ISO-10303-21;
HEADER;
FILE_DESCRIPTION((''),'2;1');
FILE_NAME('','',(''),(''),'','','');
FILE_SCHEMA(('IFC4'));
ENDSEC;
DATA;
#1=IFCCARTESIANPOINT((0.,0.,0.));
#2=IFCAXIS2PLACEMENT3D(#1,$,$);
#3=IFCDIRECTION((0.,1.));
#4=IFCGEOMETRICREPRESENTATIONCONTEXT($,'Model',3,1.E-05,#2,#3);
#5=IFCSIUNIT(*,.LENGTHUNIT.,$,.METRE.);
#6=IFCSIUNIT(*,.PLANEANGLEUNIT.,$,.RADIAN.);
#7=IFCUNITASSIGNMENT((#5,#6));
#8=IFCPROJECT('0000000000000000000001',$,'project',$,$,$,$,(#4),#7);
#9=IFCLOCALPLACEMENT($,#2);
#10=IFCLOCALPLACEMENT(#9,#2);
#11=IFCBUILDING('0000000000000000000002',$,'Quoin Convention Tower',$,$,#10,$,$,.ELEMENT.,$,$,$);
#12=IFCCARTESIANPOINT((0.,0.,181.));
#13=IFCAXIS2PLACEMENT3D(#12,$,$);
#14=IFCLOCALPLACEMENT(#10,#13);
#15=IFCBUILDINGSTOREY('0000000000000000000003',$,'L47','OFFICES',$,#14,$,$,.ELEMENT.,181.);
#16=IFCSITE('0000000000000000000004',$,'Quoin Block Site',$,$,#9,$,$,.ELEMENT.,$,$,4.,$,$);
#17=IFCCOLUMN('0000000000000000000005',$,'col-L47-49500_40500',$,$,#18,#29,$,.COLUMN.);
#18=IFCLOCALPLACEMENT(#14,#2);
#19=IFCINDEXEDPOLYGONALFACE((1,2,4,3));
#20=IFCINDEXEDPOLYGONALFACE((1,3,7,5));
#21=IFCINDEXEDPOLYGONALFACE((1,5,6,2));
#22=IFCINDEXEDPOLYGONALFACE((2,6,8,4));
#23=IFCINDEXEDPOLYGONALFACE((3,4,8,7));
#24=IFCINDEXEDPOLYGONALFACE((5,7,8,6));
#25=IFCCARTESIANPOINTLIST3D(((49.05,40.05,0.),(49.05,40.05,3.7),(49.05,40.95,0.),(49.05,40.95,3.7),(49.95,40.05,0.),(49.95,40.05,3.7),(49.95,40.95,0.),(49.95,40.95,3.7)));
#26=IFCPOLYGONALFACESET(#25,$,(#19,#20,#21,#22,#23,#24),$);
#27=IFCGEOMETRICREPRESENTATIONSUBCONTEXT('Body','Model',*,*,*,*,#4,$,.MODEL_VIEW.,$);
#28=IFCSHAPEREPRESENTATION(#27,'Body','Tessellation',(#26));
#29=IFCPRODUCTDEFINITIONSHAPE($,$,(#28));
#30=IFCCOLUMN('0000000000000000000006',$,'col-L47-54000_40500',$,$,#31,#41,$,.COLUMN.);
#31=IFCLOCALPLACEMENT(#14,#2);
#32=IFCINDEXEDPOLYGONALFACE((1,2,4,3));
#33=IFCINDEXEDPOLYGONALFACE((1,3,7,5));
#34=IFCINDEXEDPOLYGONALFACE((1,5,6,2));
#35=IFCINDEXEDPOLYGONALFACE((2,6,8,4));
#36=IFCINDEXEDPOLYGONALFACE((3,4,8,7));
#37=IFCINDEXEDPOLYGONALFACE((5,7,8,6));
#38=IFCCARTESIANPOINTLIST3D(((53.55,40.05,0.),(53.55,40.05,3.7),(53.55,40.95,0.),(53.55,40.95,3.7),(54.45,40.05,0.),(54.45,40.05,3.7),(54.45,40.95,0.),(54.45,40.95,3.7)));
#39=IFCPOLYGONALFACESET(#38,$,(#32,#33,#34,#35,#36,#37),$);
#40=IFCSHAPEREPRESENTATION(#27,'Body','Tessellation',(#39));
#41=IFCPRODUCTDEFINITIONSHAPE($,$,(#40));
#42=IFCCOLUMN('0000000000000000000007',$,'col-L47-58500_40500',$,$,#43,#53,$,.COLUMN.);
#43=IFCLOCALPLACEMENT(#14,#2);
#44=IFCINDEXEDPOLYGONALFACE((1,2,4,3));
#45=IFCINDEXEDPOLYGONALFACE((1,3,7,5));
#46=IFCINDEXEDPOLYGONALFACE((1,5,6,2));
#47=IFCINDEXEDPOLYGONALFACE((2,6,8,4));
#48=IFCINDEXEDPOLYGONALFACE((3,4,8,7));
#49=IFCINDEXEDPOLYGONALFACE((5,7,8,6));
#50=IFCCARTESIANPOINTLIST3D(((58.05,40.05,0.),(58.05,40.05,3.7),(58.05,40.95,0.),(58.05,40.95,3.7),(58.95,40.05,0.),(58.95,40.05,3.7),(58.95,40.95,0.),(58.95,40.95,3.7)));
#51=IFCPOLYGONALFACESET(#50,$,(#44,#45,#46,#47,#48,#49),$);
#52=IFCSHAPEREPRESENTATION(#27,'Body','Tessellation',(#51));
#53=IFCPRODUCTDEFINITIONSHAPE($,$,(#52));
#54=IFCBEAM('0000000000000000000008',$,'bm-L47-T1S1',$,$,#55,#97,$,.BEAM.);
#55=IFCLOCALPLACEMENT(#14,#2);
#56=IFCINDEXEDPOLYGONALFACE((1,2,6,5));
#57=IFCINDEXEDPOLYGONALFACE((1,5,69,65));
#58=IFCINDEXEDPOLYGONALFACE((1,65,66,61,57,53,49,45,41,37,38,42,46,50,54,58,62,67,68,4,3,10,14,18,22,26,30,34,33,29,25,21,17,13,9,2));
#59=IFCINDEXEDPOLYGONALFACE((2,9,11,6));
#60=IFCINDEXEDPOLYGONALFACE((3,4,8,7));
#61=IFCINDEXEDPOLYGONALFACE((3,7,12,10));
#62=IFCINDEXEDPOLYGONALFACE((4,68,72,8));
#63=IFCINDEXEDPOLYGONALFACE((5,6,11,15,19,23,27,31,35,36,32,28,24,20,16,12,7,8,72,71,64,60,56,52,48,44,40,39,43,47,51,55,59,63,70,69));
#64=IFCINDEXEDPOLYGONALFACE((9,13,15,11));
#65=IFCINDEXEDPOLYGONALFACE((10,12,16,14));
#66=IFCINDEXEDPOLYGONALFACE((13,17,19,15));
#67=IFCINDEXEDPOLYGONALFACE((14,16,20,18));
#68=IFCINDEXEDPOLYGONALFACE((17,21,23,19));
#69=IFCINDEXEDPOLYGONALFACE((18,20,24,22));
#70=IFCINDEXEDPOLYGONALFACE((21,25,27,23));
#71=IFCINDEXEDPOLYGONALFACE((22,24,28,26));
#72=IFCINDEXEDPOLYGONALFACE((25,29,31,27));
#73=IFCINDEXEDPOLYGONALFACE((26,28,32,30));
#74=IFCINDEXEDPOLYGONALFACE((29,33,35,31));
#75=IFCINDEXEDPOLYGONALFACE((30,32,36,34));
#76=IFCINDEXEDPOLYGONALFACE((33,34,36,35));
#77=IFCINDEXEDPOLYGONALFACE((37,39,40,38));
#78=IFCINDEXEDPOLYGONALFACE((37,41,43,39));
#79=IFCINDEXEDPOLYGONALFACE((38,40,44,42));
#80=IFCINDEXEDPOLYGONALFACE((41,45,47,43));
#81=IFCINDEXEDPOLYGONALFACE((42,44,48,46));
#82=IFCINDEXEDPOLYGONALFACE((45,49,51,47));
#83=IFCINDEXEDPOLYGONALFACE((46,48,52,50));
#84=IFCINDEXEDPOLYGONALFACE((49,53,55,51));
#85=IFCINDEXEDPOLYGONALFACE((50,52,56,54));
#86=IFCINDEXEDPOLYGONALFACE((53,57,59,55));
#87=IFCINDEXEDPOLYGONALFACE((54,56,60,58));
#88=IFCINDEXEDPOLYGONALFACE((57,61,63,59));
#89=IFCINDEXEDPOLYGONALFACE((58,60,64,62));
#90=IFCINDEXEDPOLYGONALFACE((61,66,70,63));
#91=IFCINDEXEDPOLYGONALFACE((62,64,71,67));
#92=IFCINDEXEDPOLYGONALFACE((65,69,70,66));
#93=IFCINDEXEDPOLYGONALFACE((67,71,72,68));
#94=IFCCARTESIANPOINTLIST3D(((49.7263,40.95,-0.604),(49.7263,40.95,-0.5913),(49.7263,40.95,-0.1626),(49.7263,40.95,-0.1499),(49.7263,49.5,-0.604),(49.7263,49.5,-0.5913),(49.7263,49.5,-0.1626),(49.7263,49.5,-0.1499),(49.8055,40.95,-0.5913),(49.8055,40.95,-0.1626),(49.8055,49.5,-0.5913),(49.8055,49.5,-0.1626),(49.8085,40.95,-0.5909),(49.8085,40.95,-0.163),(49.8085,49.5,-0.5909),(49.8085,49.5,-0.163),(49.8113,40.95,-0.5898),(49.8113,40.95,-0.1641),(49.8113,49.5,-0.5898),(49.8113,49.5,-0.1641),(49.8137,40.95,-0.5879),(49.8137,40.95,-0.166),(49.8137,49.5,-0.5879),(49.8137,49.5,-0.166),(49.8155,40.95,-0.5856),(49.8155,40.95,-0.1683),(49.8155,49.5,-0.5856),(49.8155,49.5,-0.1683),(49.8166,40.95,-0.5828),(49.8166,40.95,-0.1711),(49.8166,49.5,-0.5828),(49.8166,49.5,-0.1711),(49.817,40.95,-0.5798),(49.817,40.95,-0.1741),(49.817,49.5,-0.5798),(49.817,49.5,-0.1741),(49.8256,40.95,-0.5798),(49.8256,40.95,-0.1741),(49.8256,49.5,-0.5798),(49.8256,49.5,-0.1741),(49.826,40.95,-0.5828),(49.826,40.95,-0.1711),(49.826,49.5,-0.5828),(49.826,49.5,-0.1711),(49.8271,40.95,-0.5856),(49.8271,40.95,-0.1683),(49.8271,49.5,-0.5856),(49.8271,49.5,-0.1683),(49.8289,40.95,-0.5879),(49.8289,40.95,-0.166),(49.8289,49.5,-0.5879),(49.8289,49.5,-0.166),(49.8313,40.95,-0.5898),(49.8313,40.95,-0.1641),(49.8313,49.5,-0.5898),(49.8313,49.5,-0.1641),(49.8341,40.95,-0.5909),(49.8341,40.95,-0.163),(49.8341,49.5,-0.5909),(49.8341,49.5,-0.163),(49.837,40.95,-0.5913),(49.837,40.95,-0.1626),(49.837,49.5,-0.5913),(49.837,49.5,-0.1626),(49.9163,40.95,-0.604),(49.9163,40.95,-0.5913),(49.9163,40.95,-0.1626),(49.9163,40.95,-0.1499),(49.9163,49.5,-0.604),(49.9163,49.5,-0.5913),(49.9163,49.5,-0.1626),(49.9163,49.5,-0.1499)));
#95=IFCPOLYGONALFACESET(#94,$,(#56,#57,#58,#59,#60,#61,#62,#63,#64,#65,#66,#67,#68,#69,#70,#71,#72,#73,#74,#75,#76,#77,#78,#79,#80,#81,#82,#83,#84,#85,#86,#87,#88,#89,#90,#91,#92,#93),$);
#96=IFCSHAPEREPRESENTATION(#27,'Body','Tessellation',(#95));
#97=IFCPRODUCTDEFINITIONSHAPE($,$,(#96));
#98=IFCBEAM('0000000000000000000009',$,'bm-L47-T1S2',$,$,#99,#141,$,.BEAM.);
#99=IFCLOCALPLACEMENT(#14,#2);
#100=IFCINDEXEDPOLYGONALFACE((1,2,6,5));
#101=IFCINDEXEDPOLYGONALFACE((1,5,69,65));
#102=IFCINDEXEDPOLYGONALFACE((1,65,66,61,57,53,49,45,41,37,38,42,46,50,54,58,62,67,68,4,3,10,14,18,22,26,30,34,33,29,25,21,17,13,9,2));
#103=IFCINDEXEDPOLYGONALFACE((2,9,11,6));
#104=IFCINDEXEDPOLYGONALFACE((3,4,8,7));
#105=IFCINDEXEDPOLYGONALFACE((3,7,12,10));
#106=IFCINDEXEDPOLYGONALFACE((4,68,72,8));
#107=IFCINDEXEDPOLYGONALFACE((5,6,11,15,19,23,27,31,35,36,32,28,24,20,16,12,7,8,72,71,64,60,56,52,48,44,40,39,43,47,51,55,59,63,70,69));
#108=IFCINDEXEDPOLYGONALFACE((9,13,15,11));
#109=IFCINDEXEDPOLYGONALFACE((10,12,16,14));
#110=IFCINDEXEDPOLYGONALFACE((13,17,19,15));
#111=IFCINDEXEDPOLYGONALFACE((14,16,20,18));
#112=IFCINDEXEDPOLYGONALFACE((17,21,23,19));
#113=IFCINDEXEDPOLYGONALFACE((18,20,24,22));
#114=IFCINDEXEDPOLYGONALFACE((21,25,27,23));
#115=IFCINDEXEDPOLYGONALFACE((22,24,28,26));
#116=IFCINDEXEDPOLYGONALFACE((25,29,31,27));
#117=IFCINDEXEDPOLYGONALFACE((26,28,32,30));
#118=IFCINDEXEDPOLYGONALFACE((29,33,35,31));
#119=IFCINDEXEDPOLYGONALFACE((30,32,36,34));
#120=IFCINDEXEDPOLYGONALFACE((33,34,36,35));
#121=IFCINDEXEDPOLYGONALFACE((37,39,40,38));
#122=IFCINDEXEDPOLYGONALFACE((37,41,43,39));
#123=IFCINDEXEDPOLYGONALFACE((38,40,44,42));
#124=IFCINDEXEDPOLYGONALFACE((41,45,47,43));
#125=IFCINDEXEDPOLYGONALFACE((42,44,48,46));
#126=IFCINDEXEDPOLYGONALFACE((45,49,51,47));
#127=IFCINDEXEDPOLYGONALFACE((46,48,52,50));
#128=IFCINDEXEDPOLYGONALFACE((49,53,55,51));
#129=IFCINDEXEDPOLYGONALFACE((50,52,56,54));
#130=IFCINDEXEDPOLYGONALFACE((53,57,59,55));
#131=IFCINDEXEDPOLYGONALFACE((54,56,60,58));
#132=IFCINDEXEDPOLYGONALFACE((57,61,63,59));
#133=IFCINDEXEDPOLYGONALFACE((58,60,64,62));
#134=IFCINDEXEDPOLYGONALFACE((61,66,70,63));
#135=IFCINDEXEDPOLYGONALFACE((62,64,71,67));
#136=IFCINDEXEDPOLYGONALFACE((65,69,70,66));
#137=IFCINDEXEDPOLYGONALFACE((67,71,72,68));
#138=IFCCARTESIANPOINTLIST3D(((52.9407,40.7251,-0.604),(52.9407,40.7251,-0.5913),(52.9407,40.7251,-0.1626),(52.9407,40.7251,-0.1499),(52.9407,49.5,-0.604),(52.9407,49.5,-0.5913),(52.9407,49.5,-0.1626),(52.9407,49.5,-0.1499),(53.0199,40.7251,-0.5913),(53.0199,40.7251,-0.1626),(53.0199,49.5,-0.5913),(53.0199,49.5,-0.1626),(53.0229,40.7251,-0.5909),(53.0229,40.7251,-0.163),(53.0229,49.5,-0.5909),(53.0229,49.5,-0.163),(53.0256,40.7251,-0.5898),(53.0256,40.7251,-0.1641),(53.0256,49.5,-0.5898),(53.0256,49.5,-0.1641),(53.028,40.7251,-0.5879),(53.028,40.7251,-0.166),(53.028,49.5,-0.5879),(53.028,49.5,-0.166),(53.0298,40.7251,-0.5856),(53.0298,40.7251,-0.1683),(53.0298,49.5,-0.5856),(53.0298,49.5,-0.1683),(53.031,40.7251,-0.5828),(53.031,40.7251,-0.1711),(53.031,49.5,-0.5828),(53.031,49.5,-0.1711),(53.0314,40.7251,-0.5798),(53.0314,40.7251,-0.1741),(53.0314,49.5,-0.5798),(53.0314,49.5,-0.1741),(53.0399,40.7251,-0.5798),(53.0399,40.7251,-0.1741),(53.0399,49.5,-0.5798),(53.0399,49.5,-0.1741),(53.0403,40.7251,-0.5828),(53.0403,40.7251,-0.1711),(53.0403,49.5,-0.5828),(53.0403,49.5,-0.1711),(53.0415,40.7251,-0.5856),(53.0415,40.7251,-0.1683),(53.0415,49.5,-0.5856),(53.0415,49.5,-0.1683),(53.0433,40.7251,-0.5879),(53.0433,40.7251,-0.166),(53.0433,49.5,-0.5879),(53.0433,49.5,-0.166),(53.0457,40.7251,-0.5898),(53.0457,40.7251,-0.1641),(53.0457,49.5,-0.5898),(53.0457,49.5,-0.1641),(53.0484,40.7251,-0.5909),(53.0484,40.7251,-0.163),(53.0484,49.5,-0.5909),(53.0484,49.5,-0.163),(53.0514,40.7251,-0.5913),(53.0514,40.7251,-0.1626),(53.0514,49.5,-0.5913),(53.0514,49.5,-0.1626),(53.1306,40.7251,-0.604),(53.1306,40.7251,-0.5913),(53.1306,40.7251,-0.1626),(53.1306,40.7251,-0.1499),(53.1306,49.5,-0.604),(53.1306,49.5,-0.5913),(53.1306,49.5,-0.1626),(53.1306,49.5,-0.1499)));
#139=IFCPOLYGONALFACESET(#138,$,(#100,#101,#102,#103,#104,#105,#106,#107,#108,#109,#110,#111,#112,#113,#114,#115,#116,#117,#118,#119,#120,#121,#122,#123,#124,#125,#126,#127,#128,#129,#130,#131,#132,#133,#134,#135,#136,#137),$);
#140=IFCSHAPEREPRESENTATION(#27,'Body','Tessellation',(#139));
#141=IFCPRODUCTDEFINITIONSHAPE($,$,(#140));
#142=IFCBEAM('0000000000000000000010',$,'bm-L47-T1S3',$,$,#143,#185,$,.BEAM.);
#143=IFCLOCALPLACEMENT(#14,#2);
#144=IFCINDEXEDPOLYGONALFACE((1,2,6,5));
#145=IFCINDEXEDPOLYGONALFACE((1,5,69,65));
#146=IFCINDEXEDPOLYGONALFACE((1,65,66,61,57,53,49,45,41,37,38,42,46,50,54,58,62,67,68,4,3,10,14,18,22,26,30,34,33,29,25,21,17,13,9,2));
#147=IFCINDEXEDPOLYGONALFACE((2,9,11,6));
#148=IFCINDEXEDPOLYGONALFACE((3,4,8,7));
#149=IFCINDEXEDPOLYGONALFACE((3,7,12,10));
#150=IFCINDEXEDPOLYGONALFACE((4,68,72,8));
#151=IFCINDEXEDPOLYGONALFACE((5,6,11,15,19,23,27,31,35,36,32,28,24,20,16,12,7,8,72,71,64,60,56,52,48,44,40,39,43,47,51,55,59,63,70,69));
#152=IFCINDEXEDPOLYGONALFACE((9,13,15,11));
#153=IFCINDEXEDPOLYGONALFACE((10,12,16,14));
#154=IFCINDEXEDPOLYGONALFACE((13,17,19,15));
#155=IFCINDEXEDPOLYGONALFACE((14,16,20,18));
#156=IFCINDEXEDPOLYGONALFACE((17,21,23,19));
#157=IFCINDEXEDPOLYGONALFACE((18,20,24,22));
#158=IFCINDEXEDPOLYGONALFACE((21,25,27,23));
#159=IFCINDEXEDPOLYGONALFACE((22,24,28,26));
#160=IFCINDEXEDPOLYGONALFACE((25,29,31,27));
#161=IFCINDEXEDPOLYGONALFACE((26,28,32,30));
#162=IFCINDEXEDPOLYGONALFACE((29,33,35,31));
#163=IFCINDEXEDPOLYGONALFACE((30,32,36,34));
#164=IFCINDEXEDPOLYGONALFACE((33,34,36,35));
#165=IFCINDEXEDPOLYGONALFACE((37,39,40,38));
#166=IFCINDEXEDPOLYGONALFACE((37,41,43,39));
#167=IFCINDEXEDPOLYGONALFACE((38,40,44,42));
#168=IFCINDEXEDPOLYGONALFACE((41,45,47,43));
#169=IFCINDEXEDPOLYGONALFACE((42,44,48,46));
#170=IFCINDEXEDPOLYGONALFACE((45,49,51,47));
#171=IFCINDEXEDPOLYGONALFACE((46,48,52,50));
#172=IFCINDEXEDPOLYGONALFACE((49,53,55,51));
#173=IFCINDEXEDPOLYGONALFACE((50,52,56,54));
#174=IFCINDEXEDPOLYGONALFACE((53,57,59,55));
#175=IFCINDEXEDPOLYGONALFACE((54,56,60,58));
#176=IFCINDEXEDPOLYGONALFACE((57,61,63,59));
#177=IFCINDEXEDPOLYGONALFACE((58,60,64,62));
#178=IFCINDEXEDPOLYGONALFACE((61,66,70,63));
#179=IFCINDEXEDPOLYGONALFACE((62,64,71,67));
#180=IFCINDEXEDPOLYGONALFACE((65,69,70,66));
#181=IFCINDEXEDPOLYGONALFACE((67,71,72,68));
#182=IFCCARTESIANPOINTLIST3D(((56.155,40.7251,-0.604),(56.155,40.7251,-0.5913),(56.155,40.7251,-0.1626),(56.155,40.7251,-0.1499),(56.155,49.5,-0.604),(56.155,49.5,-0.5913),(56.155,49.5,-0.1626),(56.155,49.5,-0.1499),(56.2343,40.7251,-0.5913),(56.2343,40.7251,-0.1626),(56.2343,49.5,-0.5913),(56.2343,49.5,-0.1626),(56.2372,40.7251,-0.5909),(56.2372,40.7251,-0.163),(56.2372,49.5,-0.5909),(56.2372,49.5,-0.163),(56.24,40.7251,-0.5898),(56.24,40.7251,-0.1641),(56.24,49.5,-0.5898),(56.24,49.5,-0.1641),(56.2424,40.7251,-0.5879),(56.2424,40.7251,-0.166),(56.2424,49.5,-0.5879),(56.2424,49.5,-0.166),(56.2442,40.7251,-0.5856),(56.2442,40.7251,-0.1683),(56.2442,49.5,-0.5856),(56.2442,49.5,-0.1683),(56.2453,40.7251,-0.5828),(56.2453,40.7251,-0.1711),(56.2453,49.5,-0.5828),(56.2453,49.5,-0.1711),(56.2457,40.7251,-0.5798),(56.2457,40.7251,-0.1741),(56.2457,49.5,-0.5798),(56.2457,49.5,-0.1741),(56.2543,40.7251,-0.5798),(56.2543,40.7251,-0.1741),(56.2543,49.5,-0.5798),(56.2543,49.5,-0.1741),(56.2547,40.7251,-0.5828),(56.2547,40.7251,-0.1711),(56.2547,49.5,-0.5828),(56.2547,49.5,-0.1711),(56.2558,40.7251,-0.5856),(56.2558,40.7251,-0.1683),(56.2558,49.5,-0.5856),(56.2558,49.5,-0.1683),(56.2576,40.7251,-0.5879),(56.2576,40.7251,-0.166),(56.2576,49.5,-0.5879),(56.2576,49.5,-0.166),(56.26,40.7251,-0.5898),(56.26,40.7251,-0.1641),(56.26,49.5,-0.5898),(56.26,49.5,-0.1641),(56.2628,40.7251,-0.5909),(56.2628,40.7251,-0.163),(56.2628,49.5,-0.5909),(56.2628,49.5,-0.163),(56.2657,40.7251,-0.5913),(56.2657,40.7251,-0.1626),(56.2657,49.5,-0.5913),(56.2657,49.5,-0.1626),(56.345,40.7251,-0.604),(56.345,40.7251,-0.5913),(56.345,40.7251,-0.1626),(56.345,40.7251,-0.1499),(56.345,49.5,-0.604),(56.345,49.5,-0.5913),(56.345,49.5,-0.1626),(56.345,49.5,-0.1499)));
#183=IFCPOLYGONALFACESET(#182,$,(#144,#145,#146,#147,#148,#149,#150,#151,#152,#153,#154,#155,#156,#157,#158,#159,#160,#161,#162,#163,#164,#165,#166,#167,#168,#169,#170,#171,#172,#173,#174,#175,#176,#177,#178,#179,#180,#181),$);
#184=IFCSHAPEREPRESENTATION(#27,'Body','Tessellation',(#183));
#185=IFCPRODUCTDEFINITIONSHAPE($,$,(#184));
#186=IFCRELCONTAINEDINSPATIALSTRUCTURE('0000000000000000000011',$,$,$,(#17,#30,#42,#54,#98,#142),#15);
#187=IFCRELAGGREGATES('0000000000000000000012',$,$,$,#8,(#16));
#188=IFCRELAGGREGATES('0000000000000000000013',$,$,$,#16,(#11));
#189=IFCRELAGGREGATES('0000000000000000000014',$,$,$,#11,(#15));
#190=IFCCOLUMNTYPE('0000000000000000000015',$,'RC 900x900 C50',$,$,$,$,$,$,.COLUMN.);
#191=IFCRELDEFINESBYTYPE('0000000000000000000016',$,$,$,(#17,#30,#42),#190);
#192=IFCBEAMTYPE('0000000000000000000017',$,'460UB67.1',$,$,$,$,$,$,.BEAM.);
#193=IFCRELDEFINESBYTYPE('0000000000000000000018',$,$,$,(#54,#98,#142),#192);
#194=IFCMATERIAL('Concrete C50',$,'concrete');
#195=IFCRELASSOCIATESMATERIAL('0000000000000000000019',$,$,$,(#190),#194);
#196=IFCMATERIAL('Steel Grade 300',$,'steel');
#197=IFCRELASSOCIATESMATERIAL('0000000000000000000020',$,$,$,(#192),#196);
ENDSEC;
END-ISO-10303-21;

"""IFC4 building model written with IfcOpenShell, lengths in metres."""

from ifc_helpers import new_model, si_unit, direction, frame, origin, origin_2d, place, context, subcontext, project, spatial, rectangle, i_section, extrude, material, material_profile, profile_set, type_object, element, save


model = new_model("IFC4")

# Units and contexts
model_context = context("Model", 3, precision=1e-05, world=origin(), true_north=direction((0.0, 1.0)))
body_context = subcontext(model_context, "Body", "Model", "MODEL_VIEW")
ifc_project = project(units=[si_unit("LENGTHUNIT", "METRE"), si_unit("PLANEANGLEUNIT", "RADIAN")], contexts=[model_context])

# Site, building, storey
site_placement = place(None, origin())
site = spatial("IfcSite", under=ifc_project, at=site_placement, Name="Quoin Block Site", CompositionType="ELEMENT", RefElevation=4.0)
building_placement = place(site_placement, origin())
building = spatial("IfcBuilding", under=site, at=building_placement, Name="Quoin Convention Tower", CompositionType="ELEMENT")
storey_placement = place(building_placement, frame((0.0, 0.0, 181.0)))
storey = spatial("IfcBuildingStorey", under=building, at=storey_placement, Name="L47", Description="OFFICES", CompositionType="ELEMENT", Elevation=181.0)

# Columns
ifc_material_1 = material(Name="Concrete C50", Category="concrete")
ifc_material_profile_1 = material_profile(ifc_material_1, rectangle(XDim=0.8999, YDim=0.8999, at=origin_2d()), Name="RC 900x900")
ifc_profile_set_1 = profile_set([ifc_material_profile_1], Name="Concrete C50")
column_type = type_object("IfcColumnType", Name="RC 900x900 C50", PredefinedType="COLUMN", material=ifc_profile_set_1)
for number, where, z_axis, x_axis, name in (
    (1, (49.5, 40.5, 0.0), (0.0, 0.0, 1.0), (1.0, 0.0, 0.0), "col-L47-49500_40500"),
    (2, (54.0, 40.5, 0.0), (0.0, 0.0, 1.0), (1.0, 0.0, 0.0), "col-L47-54000_40500"),
    (3, (58.5, 40.5, 0.0), (0.0, 0.0, 1.0), (1.0, 0.0, 0.0), "col-L47-58500_40500"),
):
    element("IfcColumn", number, at=place(storey_placement, frame(where, z_axis=z_axis, x_axis=x_axis)), inside=storey, type_object=column_type, Name=name, PredefinedType="COLUMN", context=body_context, shape_type="SweptSolid", body=[
        extrude(rectangle(XDim=0.8999, YDim=0.8999, at=origin_2d()), origin(), (0.0, 0.0, 1.0), 3.7),
    ])

# Beams
ifc_material_2 = material(Name="Steel Grade 300", Category="steel")
ifc_material_profile_2 = material_profile(ifc_material_2, i_section(OverallWidth=0.1899, OverallDepth=0.4541, WebThickness=0.0085, FlangeThickness=0.0127, FilletRadius=0.0115, at=origin_2d()), Name="460UB67.1")
ifc_profile_set_2 = profile_set([ifc_material_profile_2], Name="Steel Grade 300")
beam_type_1 = type_object("IfcBeamType", Name="460UB67.1", PredefinedType="BEAM", material=ifc_profile_set_2)
beam_1_placement = place(storey_placement, frame((49.8213, 40.95, -0.377), z_axis=(0.0, 1.0, 0.0), x_axis=(-1.0, 0.0, 0.0)))
element("IfcBeam", 4, at=beam_1_placement, inside=storey, type_object=beam_type_1, Name="bm-L47-T1S1", PredefinedType="BEAM", context=body_context, shape_type="SweptSolid", body=[
    extrude(i_section(OverallWidth=0.1899, OverallDepth=0.4541, WebThickness=0.0085, FlangeThickness=0.0127, FilletRadius=0.0115, at=origin_2d()), origin(), (0.0, 0.0, 1.0), 8.55),
])
for number, where, z_axis, x_axis, name in (
    (5, (53.0356, 40.7251, -0.377), (0.0, 1.0, 0.0), (-1.0, 0.0, 0.0), "bm-L47-T1S2"),
    (6, (56.25, 40.7251, -0.377), (0.0, 1.0, 0.0), (-1.0, 0.0, 0.0), "bm-L47-T1S3"),
):
    element("IfcBeam", number, at=place(storey_placement, frame(where, z_axis=z_axis, x_axis=x_axis)), inside=storey, type_object=beam_type_1, Name=name, PredefinedType="BEAM", context=body_context, shape_type="SweptSolid", body=[
        extrude(i_section(OverallWidth=0.1899, OverallDepth=0.4541, WebThickness=0.0085, FlangeThickness=0.0127, FilletRadius=0.0115, at=origin_2d()), origin(), (0.0, 0.0, 1.0), 8.7749),
    ])

save(model, "model.ifc")
